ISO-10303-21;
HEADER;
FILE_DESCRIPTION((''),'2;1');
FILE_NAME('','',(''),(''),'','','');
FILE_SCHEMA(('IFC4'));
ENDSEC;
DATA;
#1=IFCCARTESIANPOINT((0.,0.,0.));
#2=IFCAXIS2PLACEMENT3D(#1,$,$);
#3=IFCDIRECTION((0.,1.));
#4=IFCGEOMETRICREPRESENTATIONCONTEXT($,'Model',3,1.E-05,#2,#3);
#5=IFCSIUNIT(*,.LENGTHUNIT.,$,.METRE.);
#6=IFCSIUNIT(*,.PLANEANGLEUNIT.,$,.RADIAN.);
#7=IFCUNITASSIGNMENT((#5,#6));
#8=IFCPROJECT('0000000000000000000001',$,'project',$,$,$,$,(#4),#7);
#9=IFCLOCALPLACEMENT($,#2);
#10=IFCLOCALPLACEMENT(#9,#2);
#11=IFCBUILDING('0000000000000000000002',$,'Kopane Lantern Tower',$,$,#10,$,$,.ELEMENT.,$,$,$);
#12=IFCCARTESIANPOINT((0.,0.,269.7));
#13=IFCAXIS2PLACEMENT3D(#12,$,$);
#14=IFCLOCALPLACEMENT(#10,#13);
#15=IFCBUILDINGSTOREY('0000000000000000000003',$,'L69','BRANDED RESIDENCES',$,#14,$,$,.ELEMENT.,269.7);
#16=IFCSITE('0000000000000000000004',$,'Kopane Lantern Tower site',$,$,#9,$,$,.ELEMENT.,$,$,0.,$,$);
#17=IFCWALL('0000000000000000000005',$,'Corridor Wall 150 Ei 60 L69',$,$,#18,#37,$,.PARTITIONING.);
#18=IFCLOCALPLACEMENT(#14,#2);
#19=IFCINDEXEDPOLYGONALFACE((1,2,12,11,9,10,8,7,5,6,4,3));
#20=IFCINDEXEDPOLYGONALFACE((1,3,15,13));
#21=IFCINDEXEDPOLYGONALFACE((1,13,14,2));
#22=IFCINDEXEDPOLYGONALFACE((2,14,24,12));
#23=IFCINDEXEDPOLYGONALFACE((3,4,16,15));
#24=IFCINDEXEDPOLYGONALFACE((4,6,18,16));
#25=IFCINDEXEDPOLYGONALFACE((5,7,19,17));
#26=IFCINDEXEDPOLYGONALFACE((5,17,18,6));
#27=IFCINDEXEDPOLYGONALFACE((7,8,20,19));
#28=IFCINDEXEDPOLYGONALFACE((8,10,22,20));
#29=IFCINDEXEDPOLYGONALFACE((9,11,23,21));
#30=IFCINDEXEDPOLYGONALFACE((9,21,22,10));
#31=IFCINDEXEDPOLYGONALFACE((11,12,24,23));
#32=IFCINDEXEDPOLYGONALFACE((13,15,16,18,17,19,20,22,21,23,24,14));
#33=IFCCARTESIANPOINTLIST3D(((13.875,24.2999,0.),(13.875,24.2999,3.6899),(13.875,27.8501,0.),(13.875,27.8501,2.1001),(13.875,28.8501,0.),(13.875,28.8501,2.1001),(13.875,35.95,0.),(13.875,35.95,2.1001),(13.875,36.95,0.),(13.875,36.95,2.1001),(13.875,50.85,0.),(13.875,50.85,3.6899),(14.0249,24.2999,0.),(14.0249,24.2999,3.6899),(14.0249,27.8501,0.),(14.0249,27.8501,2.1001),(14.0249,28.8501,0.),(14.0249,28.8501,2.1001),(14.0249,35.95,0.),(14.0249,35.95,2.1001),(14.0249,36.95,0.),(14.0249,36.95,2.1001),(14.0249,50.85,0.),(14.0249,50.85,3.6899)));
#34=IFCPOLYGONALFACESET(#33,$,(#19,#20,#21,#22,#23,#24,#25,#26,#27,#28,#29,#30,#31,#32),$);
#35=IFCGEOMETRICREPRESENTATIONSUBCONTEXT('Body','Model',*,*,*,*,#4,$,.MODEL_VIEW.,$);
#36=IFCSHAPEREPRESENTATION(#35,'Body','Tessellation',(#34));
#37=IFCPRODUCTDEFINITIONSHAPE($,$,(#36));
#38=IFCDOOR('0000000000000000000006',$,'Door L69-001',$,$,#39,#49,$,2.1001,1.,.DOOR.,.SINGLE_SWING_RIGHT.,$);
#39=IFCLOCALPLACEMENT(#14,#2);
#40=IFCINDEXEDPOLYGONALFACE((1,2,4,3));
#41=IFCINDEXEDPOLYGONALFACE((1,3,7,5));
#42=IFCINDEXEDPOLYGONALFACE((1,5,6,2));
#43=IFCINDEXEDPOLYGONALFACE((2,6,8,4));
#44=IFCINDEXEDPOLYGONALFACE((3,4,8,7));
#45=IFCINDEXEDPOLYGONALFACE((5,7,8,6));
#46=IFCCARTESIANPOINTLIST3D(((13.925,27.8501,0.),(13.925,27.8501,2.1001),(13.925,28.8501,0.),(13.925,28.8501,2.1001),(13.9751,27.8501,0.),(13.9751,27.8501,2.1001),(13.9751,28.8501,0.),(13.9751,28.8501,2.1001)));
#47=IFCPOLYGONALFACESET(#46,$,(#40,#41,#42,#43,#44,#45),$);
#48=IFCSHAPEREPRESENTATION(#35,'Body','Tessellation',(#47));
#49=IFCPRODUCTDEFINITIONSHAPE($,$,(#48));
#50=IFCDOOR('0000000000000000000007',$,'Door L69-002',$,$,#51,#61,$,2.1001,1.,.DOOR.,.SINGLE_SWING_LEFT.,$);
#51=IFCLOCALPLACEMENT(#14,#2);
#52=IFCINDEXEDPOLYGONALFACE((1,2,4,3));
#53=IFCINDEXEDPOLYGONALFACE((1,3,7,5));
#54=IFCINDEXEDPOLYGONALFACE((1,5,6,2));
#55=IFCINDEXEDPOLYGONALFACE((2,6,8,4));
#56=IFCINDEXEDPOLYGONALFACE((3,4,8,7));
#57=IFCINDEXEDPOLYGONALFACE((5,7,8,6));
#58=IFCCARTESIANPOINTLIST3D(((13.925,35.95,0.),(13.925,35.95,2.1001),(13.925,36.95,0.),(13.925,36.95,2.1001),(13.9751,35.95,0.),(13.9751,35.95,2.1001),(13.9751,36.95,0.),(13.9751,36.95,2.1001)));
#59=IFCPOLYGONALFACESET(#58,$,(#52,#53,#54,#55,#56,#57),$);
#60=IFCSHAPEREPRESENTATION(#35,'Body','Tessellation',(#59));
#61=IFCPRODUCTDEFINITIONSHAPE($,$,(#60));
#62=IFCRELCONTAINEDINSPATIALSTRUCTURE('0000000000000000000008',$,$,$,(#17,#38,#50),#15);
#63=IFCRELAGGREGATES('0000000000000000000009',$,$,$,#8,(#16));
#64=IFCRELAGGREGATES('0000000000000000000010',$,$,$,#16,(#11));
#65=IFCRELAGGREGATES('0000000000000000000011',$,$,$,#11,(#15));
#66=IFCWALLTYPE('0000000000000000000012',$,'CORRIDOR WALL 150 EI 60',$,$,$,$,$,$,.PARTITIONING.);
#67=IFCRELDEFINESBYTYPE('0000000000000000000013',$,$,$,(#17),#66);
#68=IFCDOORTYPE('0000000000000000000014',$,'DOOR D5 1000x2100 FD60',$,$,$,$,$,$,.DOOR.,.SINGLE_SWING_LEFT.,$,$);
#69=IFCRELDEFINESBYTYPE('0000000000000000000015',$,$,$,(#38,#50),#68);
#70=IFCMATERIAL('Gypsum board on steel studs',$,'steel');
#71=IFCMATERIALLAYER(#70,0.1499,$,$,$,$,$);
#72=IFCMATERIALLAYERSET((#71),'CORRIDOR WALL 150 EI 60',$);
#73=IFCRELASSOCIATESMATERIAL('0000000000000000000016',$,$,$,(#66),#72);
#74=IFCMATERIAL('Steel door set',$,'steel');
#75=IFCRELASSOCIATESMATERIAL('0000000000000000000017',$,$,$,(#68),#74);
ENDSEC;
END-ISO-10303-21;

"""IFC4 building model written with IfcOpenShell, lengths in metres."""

from ifc_helpers import new_model, si_unit, direction, frame, frame_2d, origin, place, context, subcontext, project, spatial, rectangle, extrude, material, layer, layer_set, type_object, element, fill, save


model = new_model("IFC4")

# Units and contexts
model_context = context("Model", 3, precision=1e-05, world=origin(), true_north=direction((0.0, 1.0)))
body_context = subcontext(model_context, "Body", "Model", "MODEL_VIEW")
ifc_project = project(units=[si_unit("LENGTHUNIT", "METRE"), si_unit("PLANEANGLEUNIT", "RADIAN")], contexts=[model_context])

# Site, building, storey
site_placement = place(None, origin())
site = spatial("IfcSite", under=ifc_project, at=site_placement, Name="Kopane Lantern Tower site", CompositionType="ELEMENT", RefElevation=0.0)
building_placement = place(site_placement, origin())
building = spatial("IfcBuilding", under=site, at=building_placement, Name="Kopane Lantern Tower", CompositionType="ELEMENT")
storey_placement = place(building_placement, frame((0.0, 0.0, 269.7)))
storey = spatial("IfcBuildingStorey", under=building, at=storey_placement, Name="L69", Description="BRANDED RESIDENCES", CompositionType="ELEMENT", Elevation=269.7)

# Wall, openings, doors
ifc_material_1 = material(Name="Gypsum board on steel studs", Category="steel")
ifc_layer_1 = layer(ifc_material_1, 0.1499)
ifc_layer_set_1 = layer_set([ifc_layer_1], Name="CORRIDOR WALL 150 EI 60")
wall_type_1 = type_object("IfcWallType", Name="CORRIDOR WALL 150 EI 60", PredefinedType="PARTITIONING", material=ifc_layer_set_1)
wall_1_placement = place(storey_placement, frame((13.95, 24.3, 0.0), z_axis=(0.0, 0.0, 1.0), x_axis=(0.0, 1.0, 0.0)))
wall_1 = element("IfcWall", 1, at=wall_1_placement, inside=storey, type_object=wall_type_1, Name="Corridor Wall 150 Ei 60 L69", PredefinedType="PARTITIONING", context=body_context, shape_type="SweptSolid", body=[
    extrude(rectangle(XDim=26.55, YDim=0.1499, at=frame_2d((13.2749, 0.0))), origin(), (0.0, 0.0, 1.0), 3.6899),
])
opening_1_placement = place(wall_1_placement, frame((3.55, 0.0, 0.0)))
opening_1 = element("IfcOpeningElement", 2, at=opening_1_placement, cuts=wall_1, PredefinedType="OPENING", context=body_context, shape_type="SweptSolid", body=[
    extrude(rectangle(XDim=1.0, YDim=2.1001, at=frame_2d((0.5, 1.05))), frame((0.0, 0.085, 0.0), z_axis=(0.0, -1.0, 0.0), x_axis=(1.0, 0.0, 0.0)), (0.0, 0.0, 1.0), 0.1699),
])
opening_2_placement = place(wall_1_placement, frame((11.6499, 0.0, 0.0)))
opening_2 = element("IfcOpeningElement", 3, at=opening_2_placement, cuts=wall_1, PredefinedType="OPENING", context=body_context, shape_type="SweptSolid", body=[
    extrude(rectangle(XDim=1.0, YDim=2.1001, at=frame_2d((0.5, 1.05))), frame((0.0, 0.085, 0.0), z_axis=(0.0, -1.0, 0.0), x_axis=(1.0, 0.0, 0.0)), (0.0, 0.0, 1.0), 0.1699),
])
ifc_material_2 = material(Name="Steel door set", Category="steel")
door_type_1 = type_object("IfcDoorType", Name="DOOR D5 1000x2100 FD60", OperationType="SINGLE_SWING_LEFT", PredefinedType="DOOR", material=ifc_material_2)
door_1_placement = place(opening_1_placement, origin())
door_1 = element("IfcDoor", 4, at=door_1_placement, inside=storey, type_object=door_type_1, Name="Door L69-001", OperationType="SINGLE_SWING_RIGHT", OverallHeight=2.1001, OverallWidth=1.0, PredefinedType="DOOR", context=body_context, shape_type="SweptSolid", body=[
    extrude(rectangle(XDim=1.0, YDim=2.1001, at=frame_2d((0.5, 1.05))), frame((0.0, 0.0249, 0.0), z_axis=(0.0, -1.0, 0.0), x_axis=(1.0, 0.0, 0.0)), (0.0, 0.0, 1.0), 0.05),
])
fill(opening_1, door_1)
door_2_placement = place(opening_2_placement, origin())
door_2 = element("IfcDoor", 5, at=door_2_placement, inside=storey, type_object=door_type_1, Name="Door L69-002", OperationType="SINGLE_SWING_LEFT", OverallHeight=2.1001, OverallWidth=1.0, PredefinedType="DOOR", context=body_context, shape_type="SweptSolid", body=[
    extrude(rectangle(XDim=1.0, YDim=2.1001, at=frame_2d((0.5, 1.05))), frame((0.0, 0.0249, 0.0), z_axis=(0.0, -1.0, 0.0), x_axis=(1.0, 0.0, 0.0)), (0.0, 0.0, 1.0), 0.05),
])
fill(opening_2, door_2)

save(model, "model.ifc")
